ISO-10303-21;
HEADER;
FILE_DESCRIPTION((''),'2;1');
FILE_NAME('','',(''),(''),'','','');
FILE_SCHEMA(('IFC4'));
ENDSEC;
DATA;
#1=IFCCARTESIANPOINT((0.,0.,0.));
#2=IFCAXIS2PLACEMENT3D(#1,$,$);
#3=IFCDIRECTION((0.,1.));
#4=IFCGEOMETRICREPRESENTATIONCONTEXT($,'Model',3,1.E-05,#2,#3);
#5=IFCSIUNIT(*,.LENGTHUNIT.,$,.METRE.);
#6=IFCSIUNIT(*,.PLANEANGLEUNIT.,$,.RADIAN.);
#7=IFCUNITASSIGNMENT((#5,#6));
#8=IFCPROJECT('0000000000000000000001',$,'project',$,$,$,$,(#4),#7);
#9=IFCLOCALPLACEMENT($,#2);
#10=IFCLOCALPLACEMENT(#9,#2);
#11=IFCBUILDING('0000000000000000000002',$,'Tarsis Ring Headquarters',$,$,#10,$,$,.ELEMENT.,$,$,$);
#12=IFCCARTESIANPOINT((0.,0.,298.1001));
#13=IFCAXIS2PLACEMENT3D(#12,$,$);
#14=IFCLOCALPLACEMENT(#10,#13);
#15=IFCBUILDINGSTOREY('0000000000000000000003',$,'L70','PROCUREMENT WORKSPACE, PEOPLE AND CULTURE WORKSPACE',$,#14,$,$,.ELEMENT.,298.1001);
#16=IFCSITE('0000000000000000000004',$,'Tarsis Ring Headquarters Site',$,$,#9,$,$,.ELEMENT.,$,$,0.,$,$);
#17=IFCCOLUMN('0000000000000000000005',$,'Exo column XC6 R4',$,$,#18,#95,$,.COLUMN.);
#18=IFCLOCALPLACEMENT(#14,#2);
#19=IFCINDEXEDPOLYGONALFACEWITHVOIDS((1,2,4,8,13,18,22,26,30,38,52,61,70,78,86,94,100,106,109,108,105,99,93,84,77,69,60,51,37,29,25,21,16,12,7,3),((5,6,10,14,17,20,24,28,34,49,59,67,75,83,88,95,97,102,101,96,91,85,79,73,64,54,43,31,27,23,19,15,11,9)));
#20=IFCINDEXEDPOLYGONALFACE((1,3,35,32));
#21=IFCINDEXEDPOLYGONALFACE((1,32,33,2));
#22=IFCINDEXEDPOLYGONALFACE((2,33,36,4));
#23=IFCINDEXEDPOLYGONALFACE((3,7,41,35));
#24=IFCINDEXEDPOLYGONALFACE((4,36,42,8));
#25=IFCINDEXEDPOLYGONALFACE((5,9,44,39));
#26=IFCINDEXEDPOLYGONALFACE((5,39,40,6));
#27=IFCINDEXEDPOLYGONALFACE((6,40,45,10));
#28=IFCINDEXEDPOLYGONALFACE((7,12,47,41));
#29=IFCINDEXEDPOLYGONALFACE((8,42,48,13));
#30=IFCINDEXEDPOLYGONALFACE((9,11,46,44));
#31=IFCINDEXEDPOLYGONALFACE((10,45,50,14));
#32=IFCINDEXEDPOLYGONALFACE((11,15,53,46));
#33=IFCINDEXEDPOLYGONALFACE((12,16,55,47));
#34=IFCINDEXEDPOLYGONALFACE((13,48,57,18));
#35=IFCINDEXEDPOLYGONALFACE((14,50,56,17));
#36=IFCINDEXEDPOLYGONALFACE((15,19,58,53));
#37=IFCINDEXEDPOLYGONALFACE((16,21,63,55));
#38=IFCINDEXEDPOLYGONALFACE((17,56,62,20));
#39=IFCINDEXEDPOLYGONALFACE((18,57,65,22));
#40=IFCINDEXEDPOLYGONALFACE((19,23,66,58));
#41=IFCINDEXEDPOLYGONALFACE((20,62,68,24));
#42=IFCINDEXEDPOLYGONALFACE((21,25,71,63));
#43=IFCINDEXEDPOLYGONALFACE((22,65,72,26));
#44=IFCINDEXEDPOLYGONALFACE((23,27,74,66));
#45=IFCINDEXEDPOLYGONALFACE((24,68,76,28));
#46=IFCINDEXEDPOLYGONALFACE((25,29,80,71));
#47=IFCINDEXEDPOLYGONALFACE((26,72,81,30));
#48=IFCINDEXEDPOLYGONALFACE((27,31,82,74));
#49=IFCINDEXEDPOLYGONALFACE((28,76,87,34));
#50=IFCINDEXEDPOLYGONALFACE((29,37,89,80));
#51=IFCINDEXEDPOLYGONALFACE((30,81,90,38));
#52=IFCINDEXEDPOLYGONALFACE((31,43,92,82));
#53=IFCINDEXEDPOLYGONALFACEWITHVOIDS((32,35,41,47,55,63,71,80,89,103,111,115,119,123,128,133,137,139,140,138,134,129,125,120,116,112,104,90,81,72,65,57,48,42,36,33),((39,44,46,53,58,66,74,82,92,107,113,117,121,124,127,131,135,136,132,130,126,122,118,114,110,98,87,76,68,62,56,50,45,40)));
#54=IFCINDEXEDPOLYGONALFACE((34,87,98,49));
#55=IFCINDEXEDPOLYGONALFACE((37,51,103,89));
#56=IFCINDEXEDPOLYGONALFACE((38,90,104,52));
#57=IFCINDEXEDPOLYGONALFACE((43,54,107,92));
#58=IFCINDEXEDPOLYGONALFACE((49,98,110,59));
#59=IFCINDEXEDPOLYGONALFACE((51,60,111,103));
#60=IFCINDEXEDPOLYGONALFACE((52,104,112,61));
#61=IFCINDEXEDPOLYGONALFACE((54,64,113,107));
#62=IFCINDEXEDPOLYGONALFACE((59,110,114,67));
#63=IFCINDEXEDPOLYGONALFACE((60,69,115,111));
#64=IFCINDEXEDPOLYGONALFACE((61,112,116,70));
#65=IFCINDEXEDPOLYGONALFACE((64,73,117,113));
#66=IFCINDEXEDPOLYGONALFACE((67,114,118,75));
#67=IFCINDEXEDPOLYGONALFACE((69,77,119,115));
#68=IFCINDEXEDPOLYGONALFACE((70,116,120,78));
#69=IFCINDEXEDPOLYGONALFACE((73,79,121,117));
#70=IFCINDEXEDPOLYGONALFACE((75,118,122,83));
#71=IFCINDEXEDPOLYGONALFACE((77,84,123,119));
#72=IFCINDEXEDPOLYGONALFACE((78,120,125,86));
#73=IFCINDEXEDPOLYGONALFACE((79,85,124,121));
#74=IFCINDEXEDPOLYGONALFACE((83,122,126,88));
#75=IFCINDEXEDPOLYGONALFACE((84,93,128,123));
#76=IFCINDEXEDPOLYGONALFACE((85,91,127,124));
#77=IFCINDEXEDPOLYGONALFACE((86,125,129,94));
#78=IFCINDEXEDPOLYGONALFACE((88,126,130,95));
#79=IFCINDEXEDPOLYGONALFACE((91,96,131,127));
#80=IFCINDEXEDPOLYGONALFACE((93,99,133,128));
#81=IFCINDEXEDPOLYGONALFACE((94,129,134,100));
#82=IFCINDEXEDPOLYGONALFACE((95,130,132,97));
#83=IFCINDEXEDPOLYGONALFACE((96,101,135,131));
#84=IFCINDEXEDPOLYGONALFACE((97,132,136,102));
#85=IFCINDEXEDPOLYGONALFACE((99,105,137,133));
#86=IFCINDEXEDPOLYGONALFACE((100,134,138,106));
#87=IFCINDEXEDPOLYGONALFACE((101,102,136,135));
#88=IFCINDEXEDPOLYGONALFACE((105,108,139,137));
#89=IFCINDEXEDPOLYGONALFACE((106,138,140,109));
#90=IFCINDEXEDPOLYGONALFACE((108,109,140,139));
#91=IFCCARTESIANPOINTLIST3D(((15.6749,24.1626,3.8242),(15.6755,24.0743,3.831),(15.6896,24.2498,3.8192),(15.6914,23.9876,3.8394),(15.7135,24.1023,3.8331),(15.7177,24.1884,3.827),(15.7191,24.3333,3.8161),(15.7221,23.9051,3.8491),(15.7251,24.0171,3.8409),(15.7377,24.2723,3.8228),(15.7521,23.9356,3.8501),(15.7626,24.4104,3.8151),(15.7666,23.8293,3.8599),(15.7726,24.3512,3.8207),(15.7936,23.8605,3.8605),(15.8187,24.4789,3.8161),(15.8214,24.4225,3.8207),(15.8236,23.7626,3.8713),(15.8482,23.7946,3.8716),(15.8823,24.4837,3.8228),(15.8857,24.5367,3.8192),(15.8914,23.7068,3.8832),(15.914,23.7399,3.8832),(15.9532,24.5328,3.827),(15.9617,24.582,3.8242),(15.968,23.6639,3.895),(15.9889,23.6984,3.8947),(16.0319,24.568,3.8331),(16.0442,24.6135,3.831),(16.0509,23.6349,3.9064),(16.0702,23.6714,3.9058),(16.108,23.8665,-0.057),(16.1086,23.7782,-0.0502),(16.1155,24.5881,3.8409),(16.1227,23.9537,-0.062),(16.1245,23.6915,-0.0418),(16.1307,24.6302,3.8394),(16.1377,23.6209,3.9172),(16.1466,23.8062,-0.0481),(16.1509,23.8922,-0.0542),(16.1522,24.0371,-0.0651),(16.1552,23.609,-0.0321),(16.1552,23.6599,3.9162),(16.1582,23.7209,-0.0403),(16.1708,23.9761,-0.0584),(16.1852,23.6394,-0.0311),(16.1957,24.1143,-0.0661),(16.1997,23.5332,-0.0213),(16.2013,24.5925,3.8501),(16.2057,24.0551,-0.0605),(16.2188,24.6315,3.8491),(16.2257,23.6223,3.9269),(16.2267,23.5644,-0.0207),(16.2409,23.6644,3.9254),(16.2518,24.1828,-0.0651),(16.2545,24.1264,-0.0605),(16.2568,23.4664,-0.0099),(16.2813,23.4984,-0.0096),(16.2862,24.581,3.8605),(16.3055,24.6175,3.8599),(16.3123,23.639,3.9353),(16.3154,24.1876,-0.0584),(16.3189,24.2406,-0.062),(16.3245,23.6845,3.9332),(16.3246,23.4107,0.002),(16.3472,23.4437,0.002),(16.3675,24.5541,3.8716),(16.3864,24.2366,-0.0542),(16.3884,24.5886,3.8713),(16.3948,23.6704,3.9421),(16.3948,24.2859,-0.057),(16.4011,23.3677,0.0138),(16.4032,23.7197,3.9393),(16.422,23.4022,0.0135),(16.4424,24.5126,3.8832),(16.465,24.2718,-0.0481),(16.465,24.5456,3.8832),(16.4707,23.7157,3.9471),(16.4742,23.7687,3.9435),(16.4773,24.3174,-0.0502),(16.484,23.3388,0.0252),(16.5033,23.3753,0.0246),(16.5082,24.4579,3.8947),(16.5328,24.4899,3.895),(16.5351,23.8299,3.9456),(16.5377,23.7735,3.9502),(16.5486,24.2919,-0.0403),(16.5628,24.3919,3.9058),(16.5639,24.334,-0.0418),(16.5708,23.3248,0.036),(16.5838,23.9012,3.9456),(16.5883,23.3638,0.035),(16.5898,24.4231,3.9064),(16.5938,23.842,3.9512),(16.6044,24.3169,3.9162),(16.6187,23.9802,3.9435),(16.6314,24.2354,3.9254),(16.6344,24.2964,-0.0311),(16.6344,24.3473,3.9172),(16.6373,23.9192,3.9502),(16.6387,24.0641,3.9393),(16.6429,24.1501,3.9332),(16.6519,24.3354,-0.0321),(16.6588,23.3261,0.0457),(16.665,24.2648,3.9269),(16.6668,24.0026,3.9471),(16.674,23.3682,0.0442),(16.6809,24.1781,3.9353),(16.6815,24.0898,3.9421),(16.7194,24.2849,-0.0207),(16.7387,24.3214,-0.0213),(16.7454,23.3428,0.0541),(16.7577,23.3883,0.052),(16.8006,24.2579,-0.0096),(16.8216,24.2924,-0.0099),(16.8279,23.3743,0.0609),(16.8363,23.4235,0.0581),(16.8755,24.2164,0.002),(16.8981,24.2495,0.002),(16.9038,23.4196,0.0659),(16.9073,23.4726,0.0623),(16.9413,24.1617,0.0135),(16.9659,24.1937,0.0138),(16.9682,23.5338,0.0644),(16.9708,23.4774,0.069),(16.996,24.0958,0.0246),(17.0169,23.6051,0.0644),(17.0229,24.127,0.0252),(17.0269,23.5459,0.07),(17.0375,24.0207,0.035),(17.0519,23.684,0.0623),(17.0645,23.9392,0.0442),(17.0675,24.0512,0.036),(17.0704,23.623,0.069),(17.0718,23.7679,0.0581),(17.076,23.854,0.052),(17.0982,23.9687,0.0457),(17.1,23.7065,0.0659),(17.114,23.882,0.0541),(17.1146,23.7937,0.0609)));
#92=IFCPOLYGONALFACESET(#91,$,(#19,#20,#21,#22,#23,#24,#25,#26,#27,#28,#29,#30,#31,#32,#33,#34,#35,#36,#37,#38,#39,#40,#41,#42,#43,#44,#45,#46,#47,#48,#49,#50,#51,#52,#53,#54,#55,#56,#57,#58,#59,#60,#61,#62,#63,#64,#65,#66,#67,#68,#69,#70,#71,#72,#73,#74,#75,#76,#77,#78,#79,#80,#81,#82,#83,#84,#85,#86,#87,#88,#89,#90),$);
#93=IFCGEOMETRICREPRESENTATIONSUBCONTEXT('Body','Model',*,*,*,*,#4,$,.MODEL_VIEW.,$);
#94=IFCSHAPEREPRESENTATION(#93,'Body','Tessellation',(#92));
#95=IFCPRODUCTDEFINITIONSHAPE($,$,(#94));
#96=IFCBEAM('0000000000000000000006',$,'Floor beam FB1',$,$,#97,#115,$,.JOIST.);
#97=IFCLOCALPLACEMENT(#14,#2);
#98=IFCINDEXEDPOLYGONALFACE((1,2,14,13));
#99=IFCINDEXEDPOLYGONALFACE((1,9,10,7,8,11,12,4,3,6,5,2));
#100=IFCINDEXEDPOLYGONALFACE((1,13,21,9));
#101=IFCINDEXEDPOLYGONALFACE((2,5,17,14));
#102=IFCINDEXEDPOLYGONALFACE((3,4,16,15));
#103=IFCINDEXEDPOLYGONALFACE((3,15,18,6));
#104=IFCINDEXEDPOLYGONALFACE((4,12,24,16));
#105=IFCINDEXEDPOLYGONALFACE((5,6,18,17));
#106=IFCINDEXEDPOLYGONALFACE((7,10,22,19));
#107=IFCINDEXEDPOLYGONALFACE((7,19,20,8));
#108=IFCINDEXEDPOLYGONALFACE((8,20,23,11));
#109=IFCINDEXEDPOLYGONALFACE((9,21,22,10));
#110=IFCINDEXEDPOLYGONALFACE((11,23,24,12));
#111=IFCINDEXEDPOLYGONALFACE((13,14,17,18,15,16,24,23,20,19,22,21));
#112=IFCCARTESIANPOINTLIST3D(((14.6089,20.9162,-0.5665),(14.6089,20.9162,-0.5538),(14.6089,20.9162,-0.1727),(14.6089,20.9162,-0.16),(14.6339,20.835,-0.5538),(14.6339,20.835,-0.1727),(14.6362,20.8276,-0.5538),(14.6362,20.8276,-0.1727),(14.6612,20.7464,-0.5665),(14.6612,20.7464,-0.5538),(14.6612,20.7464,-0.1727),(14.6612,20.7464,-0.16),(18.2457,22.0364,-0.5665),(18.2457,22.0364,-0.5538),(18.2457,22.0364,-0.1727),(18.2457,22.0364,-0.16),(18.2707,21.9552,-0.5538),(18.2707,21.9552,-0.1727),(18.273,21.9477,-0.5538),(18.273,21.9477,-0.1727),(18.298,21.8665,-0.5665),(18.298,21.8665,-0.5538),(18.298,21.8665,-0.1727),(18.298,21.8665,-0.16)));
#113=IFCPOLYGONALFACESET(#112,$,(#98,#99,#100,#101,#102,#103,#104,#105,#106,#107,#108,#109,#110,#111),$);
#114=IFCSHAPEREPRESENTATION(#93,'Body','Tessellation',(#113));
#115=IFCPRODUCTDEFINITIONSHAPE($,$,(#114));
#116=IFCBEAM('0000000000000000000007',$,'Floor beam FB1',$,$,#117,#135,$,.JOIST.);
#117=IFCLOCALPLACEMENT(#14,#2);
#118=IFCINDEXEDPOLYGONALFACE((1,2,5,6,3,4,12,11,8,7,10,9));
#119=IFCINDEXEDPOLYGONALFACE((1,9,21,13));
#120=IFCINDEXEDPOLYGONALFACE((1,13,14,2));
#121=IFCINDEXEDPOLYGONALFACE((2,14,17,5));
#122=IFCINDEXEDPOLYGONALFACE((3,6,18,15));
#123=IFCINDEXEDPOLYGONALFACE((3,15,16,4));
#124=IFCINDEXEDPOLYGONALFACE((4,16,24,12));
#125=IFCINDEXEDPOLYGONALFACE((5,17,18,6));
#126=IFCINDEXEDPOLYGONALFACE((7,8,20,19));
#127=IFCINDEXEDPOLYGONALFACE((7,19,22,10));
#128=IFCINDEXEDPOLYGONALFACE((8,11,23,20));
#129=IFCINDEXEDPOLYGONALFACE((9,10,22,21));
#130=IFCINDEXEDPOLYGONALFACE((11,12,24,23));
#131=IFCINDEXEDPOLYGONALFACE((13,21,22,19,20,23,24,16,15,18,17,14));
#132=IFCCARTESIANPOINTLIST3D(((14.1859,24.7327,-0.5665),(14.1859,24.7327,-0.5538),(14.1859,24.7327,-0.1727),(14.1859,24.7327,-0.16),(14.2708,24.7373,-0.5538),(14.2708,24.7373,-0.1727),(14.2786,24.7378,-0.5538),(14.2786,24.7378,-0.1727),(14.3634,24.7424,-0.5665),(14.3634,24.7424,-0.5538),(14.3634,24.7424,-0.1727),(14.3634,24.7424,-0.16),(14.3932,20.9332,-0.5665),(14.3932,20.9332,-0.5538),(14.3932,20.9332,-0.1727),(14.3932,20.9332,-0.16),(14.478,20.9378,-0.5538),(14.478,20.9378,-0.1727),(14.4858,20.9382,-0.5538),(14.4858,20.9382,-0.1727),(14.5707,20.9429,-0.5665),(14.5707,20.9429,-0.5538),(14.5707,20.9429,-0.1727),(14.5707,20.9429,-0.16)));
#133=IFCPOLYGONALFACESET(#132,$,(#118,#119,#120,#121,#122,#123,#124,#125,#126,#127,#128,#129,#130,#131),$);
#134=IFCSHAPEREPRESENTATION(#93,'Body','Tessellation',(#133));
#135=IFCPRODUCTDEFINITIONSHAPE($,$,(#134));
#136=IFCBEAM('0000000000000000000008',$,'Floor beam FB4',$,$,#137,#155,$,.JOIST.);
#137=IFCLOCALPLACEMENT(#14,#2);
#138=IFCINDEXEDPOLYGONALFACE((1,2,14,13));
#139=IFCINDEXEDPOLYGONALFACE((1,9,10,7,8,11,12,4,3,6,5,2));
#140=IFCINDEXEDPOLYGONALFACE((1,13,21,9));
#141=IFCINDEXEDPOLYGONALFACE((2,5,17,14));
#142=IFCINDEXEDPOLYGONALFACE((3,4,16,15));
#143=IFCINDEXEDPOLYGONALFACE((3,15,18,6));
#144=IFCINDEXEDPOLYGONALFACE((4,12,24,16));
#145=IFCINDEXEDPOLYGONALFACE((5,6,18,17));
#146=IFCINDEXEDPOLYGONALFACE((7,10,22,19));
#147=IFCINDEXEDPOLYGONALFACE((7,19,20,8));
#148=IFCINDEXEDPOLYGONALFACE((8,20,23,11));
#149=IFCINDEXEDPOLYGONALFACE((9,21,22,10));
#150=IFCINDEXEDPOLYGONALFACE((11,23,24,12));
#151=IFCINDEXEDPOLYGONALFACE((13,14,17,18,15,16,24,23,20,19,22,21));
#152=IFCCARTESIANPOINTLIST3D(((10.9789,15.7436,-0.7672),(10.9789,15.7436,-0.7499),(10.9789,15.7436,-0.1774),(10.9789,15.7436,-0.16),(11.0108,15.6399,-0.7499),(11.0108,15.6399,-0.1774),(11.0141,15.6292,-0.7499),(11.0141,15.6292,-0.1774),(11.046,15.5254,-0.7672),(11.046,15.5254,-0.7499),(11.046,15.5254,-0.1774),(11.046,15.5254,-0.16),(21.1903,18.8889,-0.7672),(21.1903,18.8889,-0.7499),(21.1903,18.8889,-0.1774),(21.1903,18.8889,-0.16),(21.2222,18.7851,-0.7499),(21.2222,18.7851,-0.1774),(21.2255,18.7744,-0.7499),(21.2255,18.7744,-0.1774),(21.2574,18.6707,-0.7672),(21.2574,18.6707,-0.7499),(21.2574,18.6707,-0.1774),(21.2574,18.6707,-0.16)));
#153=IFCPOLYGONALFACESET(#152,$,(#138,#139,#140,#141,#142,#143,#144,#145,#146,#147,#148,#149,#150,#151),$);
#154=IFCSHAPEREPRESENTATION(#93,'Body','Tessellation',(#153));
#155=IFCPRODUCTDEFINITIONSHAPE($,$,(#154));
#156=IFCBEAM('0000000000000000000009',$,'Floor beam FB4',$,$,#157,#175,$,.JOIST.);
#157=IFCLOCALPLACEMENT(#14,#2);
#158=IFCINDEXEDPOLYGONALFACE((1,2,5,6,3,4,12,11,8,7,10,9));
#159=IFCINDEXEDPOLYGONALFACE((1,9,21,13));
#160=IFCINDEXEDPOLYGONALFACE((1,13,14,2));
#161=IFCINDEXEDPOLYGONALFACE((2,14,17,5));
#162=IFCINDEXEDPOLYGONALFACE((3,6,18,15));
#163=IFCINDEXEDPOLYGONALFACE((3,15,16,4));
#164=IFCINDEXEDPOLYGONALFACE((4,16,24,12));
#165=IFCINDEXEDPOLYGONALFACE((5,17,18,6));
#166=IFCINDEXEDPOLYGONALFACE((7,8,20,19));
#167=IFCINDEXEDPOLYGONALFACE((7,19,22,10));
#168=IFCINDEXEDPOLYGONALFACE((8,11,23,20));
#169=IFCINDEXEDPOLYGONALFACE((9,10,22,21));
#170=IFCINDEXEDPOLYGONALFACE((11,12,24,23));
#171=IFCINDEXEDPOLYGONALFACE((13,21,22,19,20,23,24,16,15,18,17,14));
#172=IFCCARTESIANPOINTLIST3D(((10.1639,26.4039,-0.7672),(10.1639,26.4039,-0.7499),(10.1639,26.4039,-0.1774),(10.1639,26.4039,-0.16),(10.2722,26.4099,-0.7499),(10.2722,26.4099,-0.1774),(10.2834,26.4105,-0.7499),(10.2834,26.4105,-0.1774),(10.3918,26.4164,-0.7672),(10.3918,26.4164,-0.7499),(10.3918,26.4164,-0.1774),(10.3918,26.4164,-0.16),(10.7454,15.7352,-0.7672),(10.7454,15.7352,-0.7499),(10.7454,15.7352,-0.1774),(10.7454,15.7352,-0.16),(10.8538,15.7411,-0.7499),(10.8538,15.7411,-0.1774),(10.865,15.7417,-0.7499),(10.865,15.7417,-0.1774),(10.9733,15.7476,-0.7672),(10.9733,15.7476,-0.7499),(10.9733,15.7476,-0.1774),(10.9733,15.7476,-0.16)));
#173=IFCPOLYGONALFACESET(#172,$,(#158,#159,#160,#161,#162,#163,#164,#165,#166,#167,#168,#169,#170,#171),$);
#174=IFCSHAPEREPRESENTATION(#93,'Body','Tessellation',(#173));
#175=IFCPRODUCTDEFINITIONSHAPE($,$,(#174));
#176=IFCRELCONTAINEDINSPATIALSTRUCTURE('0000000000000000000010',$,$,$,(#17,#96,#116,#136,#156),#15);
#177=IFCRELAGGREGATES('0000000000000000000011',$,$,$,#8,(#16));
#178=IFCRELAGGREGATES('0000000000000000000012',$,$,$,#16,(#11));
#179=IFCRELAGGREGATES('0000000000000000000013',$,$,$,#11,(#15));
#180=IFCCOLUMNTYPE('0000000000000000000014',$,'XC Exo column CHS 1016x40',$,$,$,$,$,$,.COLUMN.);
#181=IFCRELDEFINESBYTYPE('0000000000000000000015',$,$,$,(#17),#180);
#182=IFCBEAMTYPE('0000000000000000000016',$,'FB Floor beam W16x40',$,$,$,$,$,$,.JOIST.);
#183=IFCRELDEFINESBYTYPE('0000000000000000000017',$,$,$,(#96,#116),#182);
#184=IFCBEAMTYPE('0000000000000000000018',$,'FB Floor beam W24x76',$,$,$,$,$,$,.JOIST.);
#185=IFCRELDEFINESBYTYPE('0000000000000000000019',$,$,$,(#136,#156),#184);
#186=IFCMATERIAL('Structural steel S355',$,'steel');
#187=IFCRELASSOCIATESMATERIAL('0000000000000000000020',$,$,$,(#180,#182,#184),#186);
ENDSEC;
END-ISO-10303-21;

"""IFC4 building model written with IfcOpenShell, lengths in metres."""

from ifc_helpers import new_model, si_unit, direction, frame, origin, origin_2d, place, context, subcontext, project, spatial, hollow_circle, i_section, extrude, material, material_profile, profile_set, type_object, element, save


model = new_model("IFC4")

# Units and contexts
model_context = context("Model", 3, precision=1e-05, world=origin(), true_north=direction((0.0, 1.0)))
body_context = subcontext(model_context, "Body", "Model", "MODEL_VIEW")
ifc_project = project(units=[si_unit("LENGTHUNIT", "METRE"), si_unit("PLANEANGLEUNIT", "RADIAN")], contexts=[model_context])

# Site, building, storey
site_placement = place(None, origin())
site = spatial("IfcSite", under=ifc_project, at=site_placement, Name="Tarsis Ring Headquarters Site", CompositionType="ELEMENT", RefElevation=0.0)
building_placement = place(site_placement, origin())
building = spatial("IfcBuilding", under=site, at=building_placement, Name="Tarsis Ring Headquarters", CompositionType="ELEMENT")
storey_placement = place(building_placement, frame((0.0, 0.0, 298.1001)))
storey = spatial("IfcBuildingStorey", under=building, at=storey_placement, Name="L70", Description="PROCUREMENT WORKSPACE, PEOPLE AND CULTURE WORKSPACE", CompositionType="ELEMENT", Elevation=298.1001)

# Column
ifc_material_1 = material(Name="Structural steel S355", Category="steel")
ifc_material_profile_1 = material_profile(ifc_material_1, hollow_circle(Radius=0.5081, WallThickness=0.04, at=origin_2d()), Name="CHS 1016x40")
ifc_profile_set_1 = profile_set([ifc_material_profile_1], Name="Structural steel S355")
column_type = type_object("IfcColumnType", Name="XC Exo column CHS 1016x40", PredefinedType="COLUMN", material=ifc_profile_set_1)
for number, where, z_axis, x_axis, name in (
    (1, (16.6113, 23.8301, 0.002), (-0.110587, 0.075616, 0.990986), (-0.564434, -0.825478, 0.0), "Exo column XC6 R4"),
):
    element("IfcColumn", number, at=place(storey_placement, frame(where, z_axis=z_axis, x_axis=x_axis)), inside=storey, type_object=column_type, Name=name, PredefinedType="COLUMN", context=body_context, shape_type="SweptSolid", body=[
        extrude(hollow_circle(Radius=0.5081, WallThickness=0.04, at=origin_2d()), origin(), (0.0, 0.0, 1.0), 3.9165),
    ])

# Beams
ifc_material_profile_2 = material_profile(ifc_material_1, i_section(OverallWidth=0.1777, OverallDepth=0.4065, WebThickness=0.0078, FlangeThickness=0.0127, at=origin_2d()), Name="W16x40")
ifc_profile_set_2 = profile_set([ifc_material_profile_2], Name="Structural steel S355")
beam_type_1 = type_object("IfcBeamType", Name="FB Floor beam W16x40", PredefinedType="JOIST", material=ifc_profile_set_2)
beam_1_placement = place(storey_placement, frame((14.635, 20.8313, -0.3633), z_axis=(0.955696, 0.294356, 0.0), x_axis=(-0.294356, 0.955696, 0.0)))
element("IfcBeam", 2, at=beam_1_placement, inside=storey, type_object=beam_type_1, Name="Floor beam FB1", PredefinedType="JOIST", context=body_context, shape_type="SweptSolid", body=[
    extrude(i_section(OverallWidth=0.1777, OverallDepth=0.4065, WebThickness=0.0078, FlangeThickness=0.0127, at=origin_2d()), origin(), (0.0, 0.0, 1.0), 3.8054),
])
beam_2_placement = place(storey_placement, frame((14.2747, 24.7375, -0.3633), z_axis=(0.054471, -0.998515, 0.0), x_axis=(0.998515, 0.054471, 0.0)))
element("IfcBeam", 3, at=beam_2_placement, inside=storey, type_object=beam_type_1, Name="Floor beam FB1", PredefinedType="JOIST", context=body_context, shape_type="SweptSolid", body=[
    extrude(i_section(OverallWidth=0.1777, OverallDepth=0.4065, WebThickness=0.0078, FlangeThickness=0.0127, at=origin_2d()), origin(), (0.0, 0.0, 1.0), 3.8052),
])
ifc_material_profile_3 = material_profile(ifc_material_1, i_section(OverallWidth=0.2283, OverallDepth=0.6072, WebThickness=0.0112, FlangeThickness=0.0173, at=origin_2d()), Name="W24x76")
ifc_profile_set_3 = profile_set([ifc_material_profile_3], Name="Structural steel S355")
beam_type_2 = type_object("IfcBeamType", Name="FB Floor beam W24x76", PredefinedType="JOIST", material=ifc_profile_set_3)
beam_3_placement = place(storey_placement, frame((11.0125, 15.6345, -0.4636), z_axis=(0.955693, 0.294367, 0.0), x_axis=(-0.294367, 0.955693, 0.0)))
element("IfcBeam", 4, at=beam_3_placement, inside=storey, type_object=beam_type_2, Name="Floor beam FB4", PredefinedType="JOIST", context=body_context, shape_type="SweptSolid", body=[
    extrude(i_section(OverallWidth=0.2283, OverallDepth=0.6072, WebThickness=0.0112, FlangeThickness=0.0173, at=origin_2d()), origin(), (0.0, 0.0, 1.0), 10.6848),
])
beam_4_placement = place(storey_placement, frame((10.2778, 26.4102, -0.4636), z_axis=(0.054428, -0.998518, 0.0), x_axis=(0.998518, 0.054428, 0.0)))
element("IfcBeam", 5, at=beam_4_placement, inside=storey, type_object=beam_type_2, Name="Floor beam FB4", PredefinedType="JOIST", context=body_context, shape_type="SweptSolid", body=[
    extrude(i_section(OverallWidth=0.2283, OverallDepth=0.6072, WebThickness=0.0112, FlangeThickness=0.0173, at=origin_2d()), origin(), (0.0, 0.0, 1.0), 10.6846),
])

save(model, "model.ifc")
